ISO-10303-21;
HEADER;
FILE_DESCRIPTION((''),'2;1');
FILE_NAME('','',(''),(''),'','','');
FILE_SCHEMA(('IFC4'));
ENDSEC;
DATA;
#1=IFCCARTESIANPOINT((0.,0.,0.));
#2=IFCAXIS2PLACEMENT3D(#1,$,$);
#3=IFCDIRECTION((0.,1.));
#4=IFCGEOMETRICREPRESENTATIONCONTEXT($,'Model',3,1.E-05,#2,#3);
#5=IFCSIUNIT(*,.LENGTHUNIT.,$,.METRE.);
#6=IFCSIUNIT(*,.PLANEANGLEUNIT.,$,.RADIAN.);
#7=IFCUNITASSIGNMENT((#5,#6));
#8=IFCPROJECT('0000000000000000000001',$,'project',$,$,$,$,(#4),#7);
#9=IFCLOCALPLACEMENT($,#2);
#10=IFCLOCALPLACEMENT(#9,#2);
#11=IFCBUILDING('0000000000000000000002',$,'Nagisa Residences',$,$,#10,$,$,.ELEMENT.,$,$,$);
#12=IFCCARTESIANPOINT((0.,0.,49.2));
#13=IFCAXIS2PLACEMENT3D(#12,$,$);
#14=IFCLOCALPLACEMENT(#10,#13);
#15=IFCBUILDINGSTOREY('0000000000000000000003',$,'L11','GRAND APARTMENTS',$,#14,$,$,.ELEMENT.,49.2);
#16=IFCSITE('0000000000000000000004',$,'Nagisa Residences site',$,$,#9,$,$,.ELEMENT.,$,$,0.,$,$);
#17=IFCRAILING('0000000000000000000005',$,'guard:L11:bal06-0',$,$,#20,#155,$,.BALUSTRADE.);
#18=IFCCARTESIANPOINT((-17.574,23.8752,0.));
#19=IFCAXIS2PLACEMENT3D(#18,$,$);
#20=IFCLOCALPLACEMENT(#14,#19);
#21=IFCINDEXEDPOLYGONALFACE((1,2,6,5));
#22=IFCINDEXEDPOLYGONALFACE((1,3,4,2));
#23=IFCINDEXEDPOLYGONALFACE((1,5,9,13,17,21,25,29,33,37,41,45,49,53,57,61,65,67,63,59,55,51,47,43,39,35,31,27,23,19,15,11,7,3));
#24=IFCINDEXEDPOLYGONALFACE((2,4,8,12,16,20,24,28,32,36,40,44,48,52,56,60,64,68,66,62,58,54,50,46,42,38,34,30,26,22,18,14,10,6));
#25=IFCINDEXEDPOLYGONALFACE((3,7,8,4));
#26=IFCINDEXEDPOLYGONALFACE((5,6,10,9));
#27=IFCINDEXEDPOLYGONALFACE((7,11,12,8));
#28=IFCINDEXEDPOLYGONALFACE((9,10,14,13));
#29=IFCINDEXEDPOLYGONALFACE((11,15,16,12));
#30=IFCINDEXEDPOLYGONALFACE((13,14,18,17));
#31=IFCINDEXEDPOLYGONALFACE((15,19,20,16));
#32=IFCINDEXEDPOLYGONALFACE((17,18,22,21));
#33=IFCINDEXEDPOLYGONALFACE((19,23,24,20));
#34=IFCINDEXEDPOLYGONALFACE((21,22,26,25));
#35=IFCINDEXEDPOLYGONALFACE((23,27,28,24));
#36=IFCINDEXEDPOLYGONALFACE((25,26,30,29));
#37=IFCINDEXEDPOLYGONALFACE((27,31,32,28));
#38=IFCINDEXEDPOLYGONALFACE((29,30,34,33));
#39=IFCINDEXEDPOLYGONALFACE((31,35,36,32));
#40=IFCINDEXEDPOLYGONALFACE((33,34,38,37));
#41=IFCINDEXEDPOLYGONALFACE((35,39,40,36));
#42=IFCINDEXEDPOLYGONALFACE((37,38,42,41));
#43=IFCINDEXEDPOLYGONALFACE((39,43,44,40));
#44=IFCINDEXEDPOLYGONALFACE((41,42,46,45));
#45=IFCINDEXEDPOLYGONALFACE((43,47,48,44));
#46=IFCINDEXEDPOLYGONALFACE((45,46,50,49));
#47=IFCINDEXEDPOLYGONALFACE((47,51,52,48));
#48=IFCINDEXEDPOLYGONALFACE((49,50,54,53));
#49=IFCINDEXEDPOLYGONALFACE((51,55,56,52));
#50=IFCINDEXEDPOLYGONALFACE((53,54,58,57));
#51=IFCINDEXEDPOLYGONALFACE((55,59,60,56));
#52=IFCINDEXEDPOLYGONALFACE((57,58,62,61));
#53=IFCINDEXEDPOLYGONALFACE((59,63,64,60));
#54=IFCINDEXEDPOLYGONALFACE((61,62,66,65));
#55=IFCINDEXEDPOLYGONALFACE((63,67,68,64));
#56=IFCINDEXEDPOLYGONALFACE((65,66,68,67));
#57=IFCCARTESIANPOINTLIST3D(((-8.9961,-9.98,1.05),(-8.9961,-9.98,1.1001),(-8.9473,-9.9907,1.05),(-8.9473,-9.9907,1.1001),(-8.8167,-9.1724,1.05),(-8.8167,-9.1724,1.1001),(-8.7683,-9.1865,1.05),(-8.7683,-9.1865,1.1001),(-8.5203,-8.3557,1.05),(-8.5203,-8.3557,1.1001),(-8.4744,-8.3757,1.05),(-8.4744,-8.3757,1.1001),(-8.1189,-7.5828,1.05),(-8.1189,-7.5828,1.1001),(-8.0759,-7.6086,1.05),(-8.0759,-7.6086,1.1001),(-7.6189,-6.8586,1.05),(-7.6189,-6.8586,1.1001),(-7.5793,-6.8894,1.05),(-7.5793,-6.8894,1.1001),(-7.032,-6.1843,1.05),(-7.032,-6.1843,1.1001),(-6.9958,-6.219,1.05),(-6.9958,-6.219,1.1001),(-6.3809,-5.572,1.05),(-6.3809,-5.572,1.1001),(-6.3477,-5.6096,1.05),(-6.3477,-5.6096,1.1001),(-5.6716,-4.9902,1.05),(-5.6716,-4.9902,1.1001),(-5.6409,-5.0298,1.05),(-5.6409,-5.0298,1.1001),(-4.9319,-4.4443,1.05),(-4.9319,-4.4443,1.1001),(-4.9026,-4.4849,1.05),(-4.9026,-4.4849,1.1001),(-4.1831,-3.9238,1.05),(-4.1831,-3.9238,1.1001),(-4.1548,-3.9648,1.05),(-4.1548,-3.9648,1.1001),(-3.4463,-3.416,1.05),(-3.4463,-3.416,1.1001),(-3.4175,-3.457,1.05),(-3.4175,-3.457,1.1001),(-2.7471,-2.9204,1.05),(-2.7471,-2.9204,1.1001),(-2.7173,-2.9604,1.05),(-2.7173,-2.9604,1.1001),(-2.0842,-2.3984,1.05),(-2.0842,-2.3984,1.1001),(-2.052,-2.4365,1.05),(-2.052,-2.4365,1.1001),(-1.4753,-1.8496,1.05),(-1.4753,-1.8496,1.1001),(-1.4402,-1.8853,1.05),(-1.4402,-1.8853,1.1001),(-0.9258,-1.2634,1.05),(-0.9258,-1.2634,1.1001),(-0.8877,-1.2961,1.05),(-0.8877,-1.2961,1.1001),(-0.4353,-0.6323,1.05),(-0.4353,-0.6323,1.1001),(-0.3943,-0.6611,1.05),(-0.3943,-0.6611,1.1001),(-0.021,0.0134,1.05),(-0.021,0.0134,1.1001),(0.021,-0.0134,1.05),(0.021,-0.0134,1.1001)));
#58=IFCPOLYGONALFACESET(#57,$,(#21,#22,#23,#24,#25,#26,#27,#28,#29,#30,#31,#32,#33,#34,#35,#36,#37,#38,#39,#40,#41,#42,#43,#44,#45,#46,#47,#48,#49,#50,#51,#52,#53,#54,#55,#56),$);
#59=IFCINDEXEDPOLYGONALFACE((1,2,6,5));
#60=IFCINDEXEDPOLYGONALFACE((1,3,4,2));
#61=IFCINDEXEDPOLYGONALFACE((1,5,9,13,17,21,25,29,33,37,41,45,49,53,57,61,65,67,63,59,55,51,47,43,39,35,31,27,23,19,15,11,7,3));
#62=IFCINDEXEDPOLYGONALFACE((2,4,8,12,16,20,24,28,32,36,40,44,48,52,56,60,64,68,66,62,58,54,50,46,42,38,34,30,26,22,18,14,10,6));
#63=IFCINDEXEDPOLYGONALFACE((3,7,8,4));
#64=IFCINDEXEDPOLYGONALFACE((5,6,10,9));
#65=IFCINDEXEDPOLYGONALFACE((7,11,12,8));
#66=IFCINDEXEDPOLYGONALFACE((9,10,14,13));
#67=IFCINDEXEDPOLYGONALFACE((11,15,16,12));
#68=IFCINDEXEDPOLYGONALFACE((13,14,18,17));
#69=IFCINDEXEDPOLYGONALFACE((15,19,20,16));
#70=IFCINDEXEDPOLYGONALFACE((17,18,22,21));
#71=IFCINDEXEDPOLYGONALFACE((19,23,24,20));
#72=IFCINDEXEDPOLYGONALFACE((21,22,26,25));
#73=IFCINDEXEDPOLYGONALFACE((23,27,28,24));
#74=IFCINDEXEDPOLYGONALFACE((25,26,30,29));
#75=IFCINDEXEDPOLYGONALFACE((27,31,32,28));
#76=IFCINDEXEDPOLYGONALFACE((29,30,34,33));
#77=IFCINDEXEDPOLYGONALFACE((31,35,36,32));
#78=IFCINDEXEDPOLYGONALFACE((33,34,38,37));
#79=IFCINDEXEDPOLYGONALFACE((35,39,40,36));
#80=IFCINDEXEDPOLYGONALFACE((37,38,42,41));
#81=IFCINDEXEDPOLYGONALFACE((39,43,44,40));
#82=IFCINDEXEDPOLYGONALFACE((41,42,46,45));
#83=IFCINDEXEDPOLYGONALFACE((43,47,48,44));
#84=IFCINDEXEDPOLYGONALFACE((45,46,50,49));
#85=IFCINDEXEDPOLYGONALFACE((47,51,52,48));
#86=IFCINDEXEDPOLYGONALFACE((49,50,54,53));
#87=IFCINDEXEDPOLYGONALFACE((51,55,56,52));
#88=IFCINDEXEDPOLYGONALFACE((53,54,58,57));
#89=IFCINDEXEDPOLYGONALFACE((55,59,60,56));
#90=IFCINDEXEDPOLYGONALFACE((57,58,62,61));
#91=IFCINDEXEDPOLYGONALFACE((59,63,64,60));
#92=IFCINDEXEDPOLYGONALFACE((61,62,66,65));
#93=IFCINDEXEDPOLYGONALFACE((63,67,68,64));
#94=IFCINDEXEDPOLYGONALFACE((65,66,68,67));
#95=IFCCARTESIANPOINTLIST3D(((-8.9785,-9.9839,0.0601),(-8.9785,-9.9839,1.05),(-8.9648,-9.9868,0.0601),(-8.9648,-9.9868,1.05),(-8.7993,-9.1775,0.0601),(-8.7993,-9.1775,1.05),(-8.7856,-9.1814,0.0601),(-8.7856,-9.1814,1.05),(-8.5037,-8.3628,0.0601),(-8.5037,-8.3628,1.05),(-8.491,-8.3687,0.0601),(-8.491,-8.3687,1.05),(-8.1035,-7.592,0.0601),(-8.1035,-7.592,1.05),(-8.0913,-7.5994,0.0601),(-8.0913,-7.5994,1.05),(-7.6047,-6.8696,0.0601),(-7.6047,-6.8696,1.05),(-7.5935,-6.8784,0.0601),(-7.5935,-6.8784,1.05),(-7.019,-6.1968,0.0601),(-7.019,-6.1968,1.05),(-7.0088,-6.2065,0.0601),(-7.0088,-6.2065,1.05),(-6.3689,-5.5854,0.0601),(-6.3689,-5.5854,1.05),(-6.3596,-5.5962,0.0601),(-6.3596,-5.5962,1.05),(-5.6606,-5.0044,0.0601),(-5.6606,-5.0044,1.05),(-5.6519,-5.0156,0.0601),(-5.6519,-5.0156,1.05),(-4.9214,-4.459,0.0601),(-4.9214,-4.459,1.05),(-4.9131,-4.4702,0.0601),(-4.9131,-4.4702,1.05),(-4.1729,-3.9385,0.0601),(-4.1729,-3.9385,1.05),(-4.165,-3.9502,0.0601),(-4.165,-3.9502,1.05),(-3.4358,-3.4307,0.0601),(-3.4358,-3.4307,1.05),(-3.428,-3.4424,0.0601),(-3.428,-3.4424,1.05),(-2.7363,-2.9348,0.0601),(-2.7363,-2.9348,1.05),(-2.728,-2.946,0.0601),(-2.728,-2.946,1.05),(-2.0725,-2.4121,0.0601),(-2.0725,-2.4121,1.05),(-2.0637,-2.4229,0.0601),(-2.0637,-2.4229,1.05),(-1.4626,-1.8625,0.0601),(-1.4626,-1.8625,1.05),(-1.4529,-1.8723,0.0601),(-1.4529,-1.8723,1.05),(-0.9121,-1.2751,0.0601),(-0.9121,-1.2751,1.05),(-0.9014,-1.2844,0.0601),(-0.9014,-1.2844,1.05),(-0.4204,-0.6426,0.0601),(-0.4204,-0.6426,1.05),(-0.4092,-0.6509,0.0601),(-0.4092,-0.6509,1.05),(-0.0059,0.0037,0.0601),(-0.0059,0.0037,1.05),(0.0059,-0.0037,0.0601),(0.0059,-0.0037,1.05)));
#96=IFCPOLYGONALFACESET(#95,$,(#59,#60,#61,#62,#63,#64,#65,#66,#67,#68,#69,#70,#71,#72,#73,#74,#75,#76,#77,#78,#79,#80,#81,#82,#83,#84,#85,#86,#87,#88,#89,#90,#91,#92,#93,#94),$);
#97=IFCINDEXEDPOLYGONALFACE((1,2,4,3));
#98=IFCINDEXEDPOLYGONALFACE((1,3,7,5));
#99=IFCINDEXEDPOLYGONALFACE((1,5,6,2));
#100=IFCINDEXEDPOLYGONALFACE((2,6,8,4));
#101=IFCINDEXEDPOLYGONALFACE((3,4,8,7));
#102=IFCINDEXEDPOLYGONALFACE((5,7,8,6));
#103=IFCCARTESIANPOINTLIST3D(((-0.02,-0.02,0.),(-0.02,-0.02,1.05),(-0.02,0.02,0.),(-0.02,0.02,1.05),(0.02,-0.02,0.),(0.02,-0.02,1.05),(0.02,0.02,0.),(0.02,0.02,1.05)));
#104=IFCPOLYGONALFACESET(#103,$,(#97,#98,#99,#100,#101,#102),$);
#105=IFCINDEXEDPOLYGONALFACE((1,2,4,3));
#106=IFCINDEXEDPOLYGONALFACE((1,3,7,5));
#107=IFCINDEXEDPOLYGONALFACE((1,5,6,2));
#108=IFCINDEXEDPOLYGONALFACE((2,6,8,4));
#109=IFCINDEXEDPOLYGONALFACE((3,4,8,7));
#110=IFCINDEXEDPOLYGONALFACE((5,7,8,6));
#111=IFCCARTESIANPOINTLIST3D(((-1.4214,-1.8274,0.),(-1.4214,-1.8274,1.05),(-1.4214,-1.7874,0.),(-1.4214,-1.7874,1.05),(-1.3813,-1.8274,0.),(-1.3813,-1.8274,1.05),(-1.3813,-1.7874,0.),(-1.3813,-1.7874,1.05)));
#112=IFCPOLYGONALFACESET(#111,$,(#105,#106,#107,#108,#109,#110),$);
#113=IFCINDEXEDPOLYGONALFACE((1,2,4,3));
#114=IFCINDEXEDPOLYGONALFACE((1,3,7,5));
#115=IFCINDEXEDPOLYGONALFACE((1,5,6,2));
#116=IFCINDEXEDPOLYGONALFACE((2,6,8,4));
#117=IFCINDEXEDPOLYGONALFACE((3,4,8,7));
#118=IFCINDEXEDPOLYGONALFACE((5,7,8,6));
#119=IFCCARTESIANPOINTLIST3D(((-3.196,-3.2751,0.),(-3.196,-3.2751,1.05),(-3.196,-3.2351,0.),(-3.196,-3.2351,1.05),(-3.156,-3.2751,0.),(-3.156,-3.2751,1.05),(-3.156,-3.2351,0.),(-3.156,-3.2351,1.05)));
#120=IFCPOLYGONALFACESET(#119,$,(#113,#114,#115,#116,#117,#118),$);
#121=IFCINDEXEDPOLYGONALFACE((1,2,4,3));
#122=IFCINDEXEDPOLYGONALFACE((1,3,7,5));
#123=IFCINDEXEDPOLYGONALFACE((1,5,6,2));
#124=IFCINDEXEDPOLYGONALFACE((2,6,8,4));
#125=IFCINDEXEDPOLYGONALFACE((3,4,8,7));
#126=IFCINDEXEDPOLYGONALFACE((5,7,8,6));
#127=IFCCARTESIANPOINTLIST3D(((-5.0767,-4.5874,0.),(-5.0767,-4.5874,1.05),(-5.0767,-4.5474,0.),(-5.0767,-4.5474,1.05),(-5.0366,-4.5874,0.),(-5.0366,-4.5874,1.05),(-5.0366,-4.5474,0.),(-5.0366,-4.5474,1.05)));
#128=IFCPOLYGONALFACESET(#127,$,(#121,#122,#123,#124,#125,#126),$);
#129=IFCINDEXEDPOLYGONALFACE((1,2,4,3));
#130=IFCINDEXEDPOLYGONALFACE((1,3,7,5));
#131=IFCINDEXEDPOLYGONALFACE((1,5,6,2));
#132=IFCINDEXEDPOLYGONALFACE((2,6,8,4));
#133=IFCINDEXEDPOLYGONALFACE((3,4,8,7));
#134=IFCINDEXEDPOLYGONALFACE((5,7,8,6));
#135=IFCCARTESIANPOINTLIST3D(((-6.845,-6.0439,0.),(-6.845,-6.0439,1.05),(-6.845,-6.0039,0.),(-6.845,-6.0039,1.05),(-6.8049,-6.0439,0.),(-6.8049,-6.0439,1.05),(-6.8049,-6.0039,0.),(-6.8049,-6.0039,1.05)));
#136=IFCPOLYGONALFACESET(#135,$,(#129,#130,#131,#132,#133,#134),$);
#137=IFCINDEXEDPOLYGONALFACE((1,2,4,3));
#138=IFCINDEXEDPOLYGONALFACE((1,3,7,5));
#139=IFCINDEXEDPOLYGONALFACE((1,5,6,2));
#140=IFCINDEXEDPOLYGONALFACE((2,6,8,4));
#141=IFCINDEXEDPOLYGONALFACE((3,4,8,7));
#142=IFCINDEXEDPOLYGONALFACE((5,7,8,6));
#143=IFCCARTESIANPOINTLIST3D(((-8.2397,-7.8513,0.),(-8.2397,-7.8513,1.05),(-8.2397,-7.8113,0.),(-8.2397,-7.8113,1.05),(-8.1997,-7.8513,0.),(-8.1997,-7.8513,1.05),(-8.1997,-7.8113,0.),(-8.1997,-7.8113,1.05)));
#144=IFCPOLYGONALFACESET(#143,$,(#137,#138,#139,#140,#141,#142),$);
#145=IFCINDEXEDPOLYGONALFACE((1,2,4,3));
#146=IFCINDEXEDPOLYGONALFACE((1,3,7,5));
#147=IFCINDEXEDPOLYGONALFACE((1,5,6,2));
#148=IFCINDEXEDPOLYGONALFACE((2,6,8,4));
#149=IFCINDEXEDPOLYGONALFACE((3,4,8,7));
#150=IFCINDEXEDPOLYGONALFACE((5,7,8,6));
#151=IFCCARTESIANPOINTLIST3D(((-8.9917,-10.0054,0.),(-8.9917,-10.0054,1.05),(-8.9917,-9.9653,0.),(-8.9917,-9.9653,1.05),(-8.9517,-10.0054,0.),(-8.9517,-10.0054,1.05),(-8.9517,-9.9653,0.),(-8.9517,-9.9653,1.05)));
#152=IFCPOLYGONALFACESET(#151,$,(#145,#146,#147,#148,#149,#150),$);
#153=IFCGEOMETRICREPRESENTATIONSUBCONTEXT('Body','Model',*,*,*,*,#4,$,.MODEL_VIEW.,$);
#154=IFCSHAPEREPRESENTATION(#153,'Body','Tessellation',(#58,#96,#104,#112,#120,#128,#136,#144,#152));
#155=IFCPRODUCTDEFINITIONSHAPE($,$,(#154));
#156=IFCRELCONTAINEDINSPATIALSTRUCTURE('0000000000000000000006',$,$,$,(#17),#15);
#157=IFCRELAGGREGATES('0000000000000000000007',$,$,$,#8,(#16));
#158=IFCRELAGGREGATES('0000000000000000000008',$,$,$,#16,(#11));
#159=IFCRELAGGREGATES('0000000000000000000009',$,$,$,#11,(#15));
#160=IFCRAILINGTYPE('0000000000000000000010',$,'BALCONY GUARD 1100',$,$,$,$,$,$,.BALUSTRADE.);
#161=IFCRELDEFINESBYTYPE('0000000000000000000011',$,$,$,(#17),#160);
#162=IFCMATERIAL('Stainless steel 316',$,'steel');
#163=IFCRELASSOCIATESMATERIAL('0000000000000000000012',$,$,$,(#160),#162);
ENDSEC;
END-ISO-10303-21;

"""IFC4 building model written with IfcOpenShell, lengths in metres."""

from ifc_helpers import new_model, si_unit, direction, frame, origin, origin_2d, place, context, subcontext, project, spatial, polyline, rectangle, outline, extrude, material, type_object, element, save


model = new_model("IFC4")

# Units and contexts
model_context = context("Model", 3, precision=1e-05, world=origin(), true_north=direction((0.0, 1.0)))
body_context = subcontext(model_context, "Body", "Model", "MODEL_VIEW")
ifc_project = project(units=[si_unit("LENGTHUNIT", "METRE"), si_unit("PLANEANGLEUNIT", "RADIAN")], contexts=[model_context])

# Site, building, storey
site_placement = place(None, origin())
site = spatial("IfcSite", under=ifc_project, at=site_placement, Name="Nagisa Residences site", CompositionType="ELEMENT", RefElevation=0.0)
building_placement = place(site_placement, origin())
building = spatial("IfcBuilding", under=site, at=building_placement, Name="Nagisa Residences", CompositionType="ELEMENT")
storey_placement = place(building_placement, frame((0.0, 0.0, 49.2)))
storey = spatial("IfcBuildingStorey", under=building, at=storey_placement, Name="L11", Description="GRAND APARTMENTS", CompositionType="ELEMENT", Elevation=49.2)

# Railing
ifc_material_1 = material(Name="Stainless steel 316", Category="steel")
railing_type = type_object("IfcRailingType", Name="BALCONY GUARD 1100", PredefinedType="BALUSTRADE", material=ifc_material_1)
railing_1_placement = place(storey_placement, frame((-17.574, 23.8752, 0.0)))
element("IfcRailing", 1, at=railing_1_placement, inside=storey, type_object=railing_type, Name="guard:L11:bal06-0", PredefinedType="BALUSTRADE", context=body_context, shape_type="SweptSolid", body=[
    extrude(outline(polyline([(-0.3943, -0.6611), (0.021, -0.0134), (-0.021, 0.0134), (-0.4353, -0.6323), (-0.9258, -1.2634), (-1.4753, -1.8496), (-2.0842, -2.3984), (-2.7471, -2.9204), (-3.4463, -3.416), (-4.1831, -3.9238), (-4.9319, -4.4443), (-5.6716, -4.9902), (-6.3809, -5.572), (-7.032, -6.1843), (-7.6189, -6.8586), (-8.1189, -7.5828), (-8.5203, -8.3557), (-8.8167, -9.1724), (-8.9961, -9.98), (-8.9473, -9.9907), (-8.7683, -9.1865), (-8.4744, -8.3757), (-8.0759, -7.6086), (-7.5793, -6.8894), (-6.9958, -6.219), (-6.3477, -5.6096), (-5.6409, -5.0298), (-4.9026, -4.4849), (-4.1548, -3.9648), (-3.4175, -3.457), (-2.7173, -2.9604), (-2.052, -2.4365), (-1.4402, -1.8853), (-0.8877, -1.2961), (-0.3943, -0.6611)])), frame((0.0, 0.0, 1.05)), (0.0, 0.0, 1.0), 0.05),
    extrude(outline(polyline([(-0.4092, -0.6509), (0.0059, -0.0037), (-0.0059, 0.0037), (-0.4204, -0.6426), (-0.9121, -1.2751), (-1.4626, -1.8625), (-2.0725, -2.4121), (-2.7363, -2.9348), (-3.4358, -3.4307), (-4.1729, -3.9385), (-4.9214, -4.459), (-5.6606, -5.0044), (-6.3689, -5.5854), (-7.019, -6.1968), (-7.6047, -6.8696), (-8.1035, -7.592), (-8.5037, -8.3628), (-8.7993, -9.1775), (-8.9785, -9.9839), (-8.9648, -9.9868), (-8.7856, -9.1814), (-8.491, -8.3687), (-8.0913, -7.5994), (-7.5935, -6.8784), (-7.0088, -6.2065), (-6.3596, -5.5962), (-5.6519, -5.0156), (-4.9131, -4.4702), (-4.165, -3.9502), (-3.428, -3.4424), (-2.728, -2.946), (-2.0637, -2.4229), (-1.4529, -1.8723), (-0.9014, -1.2844), (-0.4092, -0.6509)])), frame((0.0, 0.0, 0.0601)), (0.0, 0.0, 1.0), 0.99),
    extrude(rectangle(XDim=0.04, YDim=0.04, at=origin_2d()), origin(), (0.0, 0.0, 1.0), 1.05),
    extrude(rectangle(XDim=0.04, YDim=0.04, at=origin_2d()), frame((-1.4014, -1.8074, 0.0)), (0.0, 0.0, 1.0), 1.05),
    extrude(rectangle(XDim=0.04, YDim=0.04, at=origin_2d()), frame((-3.176, -3.2551, 0.0)), (0.0, 0.0, 1.0), 1.05),
    extrude(rectangle(XDim=0.04, YDim=0.04, at=origin_2d()), frame((-5.0566, -4.5674, 0.0)), (0.0, 0.0, 1.0), 1.05),
    extrude(rectangle(XDim=0.04, YDim=0.04, at=origin_2d()), frame((-6.825, -6.0239, 0.0)), (0.0, 0.0, 1.0), 1.05),
    extrude(rectangle(XDim=0.04, YDim=0.04, at=origin_2d()), frame((-8.2197, -7.8313, 0.0)), (0.0, 0.0, 1.0), 1.05),
    extrude(rectangle(XDim=0.04, YDim=0.04, at=origin_2d()), frame((-8.9717, -9.9854, 0.0)), (0.0, 0.0, 1.0), 1.05),
])

save(model, "model.ifc")
